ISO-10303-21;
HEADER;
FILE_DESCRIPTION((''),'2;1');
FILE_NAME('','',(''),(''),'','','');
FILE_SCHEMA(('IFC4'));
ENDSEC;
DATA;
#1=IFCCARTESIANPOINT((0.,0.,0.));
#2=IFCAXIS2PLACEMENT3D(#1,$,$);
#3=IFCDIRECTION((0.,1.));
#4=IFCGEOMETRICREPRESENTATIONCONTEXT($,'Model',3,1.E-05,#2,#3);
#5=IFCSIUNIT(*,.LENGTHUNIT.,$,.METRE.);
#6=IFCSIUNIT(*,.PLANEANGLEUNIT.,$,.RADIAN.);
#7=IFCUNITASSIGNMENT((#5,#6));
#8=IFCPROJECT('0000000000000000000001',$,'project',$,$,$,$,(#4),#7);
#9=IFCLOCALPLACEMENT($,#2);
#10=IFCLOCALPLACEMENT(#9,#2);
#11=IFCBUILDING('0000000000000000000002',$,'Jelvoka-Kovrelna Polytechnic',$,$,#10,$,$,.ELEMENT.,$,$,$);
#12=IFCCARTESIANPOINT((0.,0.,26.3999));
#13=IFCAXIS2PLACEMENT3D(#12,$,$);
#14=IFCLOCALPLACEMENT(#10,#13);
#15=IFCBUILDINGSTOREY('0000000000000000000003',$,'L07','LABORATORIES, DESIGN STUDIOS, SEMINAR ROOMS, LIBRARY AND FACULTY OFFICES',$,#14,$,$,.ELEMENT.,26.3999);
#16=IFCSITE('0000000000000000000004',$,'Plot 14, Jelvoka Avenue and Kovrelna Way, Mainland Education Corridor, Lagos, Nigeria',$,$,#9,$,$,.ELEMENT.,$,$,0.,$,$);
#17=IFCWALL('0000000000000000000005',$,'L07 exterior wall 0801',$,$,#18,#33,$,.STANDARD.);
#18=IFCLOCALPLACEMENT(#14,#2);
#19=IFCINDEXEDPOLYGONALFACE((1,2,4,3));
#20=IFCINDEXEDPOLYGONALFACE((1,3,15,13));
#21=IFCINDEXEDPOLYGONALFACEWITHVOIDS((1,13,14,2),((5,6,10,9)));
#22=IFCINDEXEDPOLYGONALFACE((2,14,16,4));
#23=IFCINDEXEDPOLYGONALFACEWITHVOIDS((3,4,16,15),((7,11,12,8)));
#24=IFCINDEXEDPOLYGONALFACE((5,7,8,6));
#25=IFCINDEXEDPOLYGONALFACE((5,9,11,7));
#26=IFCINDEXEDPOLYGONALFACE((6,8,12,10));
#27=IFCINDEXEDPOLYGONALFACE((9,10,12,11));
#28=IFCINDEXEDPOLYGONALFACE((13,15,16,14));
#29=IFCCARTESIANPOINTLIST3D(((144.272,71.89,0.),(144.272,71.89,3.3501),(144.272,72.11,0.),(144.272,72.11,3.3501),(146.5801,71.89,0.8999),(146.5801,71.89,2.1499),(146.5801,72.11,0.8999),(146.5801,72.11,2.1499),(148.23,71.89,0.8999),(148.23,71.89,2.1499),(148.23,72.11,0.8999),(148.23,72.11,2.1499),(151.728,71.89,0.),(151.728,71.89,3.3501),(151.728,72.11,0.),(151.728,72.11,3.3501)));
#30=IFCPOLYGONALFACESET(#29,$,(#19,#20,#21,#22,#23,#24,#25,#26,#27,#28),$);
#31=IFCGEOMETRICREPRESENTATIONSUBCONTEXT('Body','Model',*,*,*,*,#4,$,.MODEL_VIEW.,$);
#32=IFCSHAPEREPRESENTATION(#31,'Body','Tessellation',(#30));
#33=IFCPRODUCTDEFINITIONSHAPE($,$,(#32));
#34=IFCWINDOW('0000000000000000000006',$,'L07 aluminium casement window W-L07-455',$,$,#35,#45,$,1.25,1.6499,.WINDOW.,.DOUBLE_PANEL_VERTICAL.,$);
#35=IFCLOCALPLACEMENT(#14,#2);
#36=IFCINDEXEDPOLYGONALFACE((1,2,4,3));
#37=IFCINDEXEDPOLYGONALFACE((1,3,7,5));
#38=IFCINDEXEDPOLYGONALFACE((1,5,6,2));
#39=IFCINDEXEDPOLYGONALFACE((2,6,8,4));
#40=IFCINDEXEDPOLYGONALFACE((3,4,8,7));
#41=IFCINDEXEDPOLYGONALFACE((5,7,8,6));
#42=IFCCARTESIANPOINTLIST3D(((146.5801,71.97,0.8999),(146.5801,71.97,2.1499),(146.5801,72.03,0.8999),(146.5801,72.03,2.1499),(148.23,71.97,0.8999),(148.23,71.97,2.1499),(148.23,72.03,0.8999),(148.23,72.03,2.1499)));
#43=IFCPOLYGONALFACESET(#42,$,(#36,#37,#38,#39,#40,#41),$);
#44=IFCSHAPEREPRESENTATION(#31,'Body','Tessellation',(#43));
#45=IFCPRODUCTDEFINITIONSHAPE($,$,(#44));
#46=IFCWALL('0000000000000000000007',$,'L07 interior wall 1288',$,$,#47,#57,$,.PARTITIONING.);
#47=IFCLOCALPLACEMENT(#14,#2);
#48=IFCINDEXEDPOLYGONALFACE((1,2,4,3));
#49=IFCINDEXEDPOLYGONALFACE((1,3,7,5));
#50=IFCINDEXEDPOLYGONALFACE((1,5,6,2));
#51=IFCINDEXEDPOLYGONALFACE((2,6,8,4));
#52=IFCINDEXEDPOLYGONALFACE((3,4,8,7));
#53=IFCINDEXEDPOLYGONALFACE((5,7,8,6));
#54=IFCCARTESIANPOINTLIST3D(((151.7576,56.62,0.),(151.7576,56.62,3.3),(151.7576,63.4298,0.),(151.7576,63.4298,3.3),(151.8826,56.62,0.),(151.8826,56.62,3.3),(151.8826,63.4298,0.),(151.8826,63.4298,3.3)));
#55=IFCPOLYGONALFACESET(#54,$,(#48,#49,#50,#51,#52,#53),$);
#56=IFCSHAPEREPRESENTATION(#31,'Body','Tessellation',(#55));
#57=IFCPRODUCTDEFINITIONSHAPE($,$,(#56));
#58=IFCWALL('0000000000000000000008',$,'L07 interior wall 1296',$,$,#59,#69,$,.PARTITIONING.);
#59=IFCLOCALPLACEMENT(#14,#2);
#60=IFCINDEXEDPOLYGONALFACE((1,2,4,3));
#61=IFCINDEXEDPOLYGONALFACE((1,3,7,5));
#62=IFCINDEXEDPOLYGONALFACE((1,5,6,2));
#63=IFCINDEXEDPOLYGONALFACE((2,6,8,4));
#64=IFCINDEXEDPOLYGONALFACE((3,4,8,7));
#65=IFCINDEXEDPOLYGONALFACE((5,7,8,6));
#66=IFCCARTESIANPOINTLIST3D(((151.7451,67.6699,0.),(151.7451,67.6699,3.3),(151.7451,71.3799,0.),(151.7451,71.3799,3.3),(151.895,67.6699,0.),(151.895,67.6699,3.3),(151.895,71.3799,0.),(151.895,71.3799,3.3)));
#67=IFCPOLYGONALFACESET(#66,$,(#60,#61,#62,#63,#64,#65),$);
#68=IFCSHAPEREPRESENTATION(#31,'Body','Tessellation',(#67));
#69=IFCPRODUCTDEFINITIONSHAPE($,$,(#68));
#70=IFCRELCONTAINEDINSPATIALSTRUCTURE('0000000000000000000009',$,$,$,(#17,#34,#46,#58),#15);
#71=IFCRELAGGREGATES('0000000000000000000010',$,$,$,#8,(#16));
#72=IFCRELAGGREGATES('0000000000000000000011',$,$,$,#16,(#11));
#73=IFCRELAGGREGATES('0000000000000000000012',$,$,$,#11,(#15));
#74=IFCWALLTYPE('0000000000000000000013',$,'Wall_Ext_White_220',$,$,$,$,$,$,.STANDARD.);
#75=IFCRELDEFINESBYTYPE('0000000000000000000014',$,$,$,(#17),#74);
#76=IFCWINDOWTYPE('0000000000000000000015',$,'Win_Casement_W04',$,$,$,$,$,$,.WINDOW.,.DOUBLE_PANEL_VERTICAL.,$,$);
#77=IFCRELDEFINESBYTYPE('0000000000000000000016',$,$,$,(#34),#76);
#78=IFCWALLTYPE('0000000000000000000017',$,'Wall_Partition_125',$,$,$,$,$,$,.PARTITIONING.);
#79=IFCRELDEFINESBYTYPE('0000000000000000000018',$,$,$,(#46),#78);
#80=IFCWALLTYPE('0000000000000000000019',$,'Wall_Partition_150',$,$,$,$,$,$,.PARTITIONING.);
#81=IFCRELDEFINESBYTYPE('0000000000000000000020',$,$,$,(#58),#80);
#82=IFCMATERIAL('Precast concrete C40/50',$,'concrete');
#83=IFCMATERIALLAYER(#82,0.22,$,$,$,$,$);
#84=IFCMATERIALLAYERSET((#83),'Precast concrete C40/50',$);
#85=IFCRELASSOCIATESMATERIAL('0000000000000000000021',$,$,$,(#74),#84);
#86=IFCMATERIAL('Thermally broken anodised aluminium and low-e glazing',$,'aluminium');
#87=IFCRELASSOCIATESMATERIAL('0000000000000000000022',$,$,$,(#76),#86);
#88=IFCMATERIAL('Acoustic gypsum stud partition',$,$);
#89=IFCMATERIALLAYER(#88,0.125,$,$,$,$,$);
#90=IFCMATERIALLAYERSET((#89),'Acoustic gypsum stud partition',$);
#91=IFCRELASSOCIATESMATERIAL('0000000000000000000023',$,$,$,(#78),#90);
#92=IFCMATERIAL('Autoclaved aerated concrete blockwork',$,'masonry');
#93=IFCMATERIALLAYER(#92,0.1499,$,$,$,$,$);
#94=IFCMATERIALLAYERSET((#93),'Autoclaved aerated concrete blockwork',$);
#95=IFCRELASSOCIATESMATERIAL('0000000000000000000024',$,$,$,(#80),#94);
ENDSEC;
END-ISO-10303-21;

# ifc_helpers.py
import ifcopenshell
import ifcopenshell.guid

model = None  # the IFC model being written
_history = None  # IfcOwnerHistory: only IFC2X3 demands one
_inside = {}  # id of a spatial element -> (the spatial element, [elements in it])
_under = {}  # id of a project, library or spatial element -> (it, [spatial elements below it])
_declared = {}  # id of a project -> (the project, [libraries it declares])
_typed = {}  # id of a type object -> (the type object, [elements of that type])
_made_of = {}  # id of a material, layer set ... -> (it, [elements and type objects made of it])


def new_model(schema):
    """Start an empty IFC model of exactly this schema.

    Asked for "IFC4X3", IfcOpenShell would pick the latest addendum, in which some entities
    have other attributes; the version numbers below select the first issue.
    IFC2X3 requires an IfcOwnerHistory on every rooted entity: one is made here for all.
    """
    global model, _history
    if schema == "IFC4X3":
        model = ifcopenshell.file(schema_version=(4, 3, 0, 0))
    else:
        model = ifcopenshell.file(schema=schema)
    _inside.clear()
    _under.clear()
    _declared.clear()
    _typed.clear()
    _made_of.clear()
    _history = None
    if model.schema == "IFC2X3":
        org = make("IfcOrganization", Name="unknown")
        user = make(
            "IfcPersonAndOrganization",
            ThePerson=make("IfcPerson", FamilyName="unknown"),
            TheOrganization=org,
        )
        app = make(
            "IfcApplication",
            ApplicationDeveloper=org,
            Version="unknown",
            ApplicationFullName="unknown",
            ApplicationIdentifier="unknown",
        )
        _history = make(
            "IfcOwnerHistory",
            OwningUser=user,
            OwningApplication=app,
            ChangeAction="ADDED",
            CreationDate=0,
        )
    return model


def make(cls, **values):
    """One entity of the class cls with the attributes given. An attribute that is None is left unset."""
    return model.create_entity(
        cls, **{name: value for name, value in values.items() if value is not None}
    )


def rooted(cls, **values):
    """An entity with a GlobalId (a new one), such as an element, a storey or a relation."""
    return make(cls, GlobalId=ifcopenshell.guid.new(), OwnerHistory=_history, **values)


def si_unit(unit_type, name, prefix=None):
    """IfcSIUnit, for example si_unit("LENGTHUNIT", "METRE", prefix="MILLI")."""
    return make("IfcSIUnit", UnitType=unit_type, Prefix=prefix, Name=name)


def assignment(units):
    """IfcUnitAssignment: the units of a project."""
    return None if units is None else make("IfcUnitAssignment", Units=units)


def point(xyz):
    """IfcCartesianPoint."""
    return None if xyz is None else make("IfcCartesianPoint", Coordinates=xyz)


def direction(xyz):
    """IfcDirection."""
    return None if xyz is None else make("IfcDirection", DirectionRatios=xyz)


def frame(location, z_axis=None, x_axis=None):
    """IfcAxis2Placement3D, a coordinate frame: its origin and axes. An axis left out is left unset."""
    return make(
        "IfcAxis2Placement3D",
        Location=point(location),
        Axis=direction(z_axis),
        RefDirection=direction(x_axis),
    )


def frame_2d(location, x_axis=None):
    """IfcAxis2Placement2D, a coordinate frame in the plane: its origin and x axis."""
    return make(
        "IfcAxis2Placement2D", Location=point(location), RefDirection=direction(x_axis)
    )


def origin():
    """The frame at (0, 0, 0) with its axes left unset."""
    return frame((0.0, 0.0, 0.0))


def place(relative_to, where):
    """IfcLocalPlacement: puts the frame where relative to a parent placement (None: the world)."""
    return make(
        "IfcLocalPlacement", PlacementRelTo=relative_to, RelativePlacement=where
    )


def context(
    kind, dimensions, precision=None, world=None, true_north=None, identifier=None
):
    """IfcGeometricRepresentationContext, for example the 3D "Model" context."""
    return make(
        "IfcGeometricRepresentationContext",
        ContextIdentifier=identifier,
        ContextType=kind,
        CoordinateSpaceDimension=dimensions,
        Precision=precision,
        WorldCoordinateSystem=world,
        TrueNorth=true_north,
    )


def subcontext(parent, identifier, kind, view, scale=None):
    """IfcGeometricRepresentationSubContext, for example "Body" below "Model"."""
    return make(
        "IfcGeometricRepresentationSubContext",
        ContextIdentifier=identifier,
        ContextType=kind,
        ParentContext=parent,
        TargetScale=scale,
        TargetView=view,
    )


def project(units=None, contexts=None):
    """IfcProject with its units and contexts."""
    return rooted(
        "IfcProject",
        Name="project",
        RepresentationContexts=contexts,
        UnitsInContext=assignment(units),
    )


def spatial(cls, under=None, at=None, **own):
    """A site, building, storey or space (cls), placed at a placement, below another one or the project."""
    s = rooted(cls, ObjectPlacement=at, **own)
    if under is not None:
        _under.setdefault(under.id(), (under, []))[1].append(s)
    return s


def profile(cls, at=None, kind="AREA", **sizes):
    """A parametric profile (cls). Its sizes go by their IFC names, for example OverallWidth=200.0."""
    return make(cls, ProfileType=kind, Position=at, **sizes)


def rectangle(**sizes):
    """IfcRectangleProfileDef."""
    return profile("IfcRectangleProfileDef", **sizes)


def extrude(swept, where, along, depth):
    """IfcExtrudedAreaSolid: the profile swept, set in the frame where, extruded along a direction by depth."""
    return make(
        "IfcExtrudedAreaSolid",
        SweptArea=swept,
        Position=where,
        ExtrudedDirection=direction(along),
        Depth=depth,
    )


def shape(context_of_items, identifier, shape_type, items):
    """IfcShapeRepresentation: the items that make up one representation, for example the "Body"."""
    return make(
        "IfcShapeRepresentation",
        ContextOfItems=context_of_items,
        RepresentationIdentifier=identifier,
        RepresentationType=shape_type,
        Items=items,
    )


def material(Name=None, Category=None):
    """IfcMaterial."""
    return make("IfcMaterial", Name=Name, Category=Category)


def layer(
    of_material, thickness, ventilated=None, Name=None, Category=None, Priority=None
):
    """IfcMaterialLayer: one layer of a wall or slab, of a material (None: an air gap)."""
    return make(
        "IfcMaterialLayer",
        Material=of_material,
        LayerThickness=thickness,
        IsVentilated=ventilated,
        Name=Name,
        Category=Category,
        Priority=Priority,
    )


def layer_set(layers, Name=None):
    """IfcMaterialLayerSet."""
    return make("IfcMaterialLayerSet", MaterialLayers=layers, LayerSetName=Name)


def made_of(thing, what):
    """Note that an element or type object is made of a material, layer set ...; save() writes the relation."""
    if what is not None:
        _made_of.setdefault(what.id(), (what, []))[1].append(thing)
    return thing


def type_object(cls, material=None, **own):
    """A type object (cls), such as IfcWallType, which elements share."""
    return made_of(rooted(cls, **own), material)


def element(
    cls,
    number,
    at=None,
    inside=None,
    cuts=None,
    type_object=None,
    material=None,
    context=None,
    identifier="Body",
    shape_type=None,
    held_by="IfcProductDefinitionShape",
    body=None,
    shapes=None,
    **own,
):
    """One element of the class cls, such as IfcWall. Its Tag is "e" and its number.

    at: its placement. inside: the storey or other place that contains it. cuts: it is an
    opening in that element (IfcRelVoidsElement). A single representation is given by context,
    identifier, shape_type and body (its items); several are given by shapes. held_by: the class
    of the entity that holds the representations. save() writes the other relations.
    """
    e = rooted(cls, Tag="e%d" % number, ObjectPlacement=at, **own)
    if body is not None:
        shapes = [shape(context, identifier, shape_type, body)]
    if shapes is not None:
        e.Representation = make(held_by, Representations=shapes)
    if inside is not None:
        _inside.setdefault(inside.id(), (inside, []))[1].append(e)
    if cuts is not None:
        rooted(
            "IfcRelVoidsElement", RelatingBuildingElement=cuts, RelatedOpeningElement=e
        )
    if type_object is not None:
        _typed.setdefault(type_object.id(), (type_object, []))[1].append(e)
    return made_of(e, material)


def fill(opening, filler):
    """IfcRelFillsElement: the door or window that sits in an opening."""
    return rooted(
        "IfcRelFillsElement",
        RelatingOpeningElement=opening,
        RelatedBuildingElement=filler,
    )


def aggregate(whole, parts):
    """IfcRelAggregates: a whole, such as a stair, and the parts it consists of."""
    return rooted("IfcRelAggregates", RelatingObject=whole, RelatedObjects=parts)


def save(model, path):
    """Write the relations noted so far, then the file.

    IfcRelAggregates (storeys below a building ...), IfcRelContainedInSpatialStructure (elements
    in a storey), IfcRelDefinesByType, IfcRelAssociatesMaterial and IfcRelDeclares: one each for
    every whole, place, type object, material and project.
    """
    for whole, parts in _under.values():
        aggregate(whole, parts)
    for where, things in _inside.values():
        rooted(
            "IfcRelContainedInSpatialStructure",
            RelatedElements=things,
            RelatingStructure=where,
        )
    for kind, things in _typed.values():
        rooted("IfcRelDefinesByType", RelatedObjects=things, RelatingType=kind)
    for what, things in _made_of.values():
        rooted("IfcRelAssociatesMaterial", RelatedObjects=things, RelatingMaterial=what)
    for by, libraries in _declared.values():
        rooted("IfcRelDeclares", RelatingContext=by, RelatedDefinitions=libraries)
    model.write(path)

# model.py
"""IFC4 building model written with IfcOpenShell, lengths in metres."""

from ifc_helpers import new_model, si_unit, direction, frame, frame_2d, origin, place, context, subcontext, project, spatial, rectangle, extrude, material, layer, layer_set, type_object, element, fill, save


model = new_model("IFC4")

# Units and contexts
model_context = context("Model", 3, precision=1e-05, world=origin(), true_north=direction((0.0, 1.0)))
body_context = subcontext(model_context, "Body", "Model", "MODEL_VIEW")
ifc_project = project(units=[si_unit("LENGTHUNIT", "METRE"), si_unit("PLANEANGLEUNIT", "RADIAN")], contexts=[model_context])

# Site, building, storey
site_placement = place(None, origin())
site = spatial("IfcSite", under=ifc_project, at=site_placement, Name="Plot 14, Jelvoka Avenue and Kovrelna Way, Mainland Education Corridor, Lagos, Nigeria", CompositionType="ELEMENT", RefElevation=0.0)
building_placement = place(site_placement, origin())
building = spatial("IfcBuilding", under=site, at=building_placement, Name="Jelvoka-Kovrelna Polytechnic", CompositionType="ELEMENT")
storey_placement = place(building_placement, frame((0.0, 0.0, 26.3999)))
storey = spatial("IfcBuildingStorey", under=building, at=storey_placement, Name="L07", Description="LABORATORIES, DESIGN STUDIOS, SEMINAR ROOMS, LIBRARY AND FACULTY OFFICES", CompositionType="ELEMENT", Elevation=26.3999)

# Wall, opening, window
ifc_material_1 = material(Name="Precast concrete C40/50", Category="concrete")
ifc_layer_1 = layer(ifc_material_1, 0.22)
ifc_layer_set_1 = layer_set([ifc_layer_1], Name="Precast concrete C40/50")
wall_type_1 = type_object("IfcWallType", Name="Wall_Ext_White_220", PredefinedType="STANDARD", material=ifc_layer_set_1)
wall_1_placement = place(storey_placement, frame((144.272, 72.0, 0.0), z_axis=(0.0, 0.0, 1.0), x_axis=(1.0, 0.0, 0.0)))
wall_1 = element("IfcWall", 1, at=wall_1_placement, inside=storey, type_object=wall_type_1, Name="L07 exterior wall 0801", PredefinedType="STANDARD", context=body_context, shape_type="SweptSolid", body=[
    extrude(rectangle(XDim=7.4561, YDim=0.22, at=frame_2d((3.728, 0.0))), origin(), (0.0, 0.0, 1.0), 3.3501),
])
opening_placement = place(wall_1_placement, frame((2.3081, 0.0, 0.8999)))
opening = element("IfcOpeningElement", 2, at=opening_placement, cuts=wall_1, PredefinedType="OPENING", context=body_context, shape_type="SweptSolid", body=[
    extrude(rectangle(XDim=1.6499, YDim=1.25, at=frame_2d((0.825, 0.625))), frame((0.0, 0.1199, 0.0), z_axis=(0.0, -1.0, 0.0), x_axis=(1.0, 0.0, 0.0)), (0.0, 0.0, 1.0), 0.24),
])
ifc_material_2 = material(Name="Thermally broken anodised aluminium and low-e glazing", Category="aluminium")
window_type = type_object("IfcWindowType", Name="Win_Casement_W04", PartitioningType="DOUBLE_PANEL_VERTICAL", PredefinedType="WINDOW", material=ifc_material_2)
window_placement = place(opening_placement, origin())
window = element("IfcWindow", 3, at=window_placement, inside=storey, type_object=window_type, Name="L07 aluminium casement window W-L07-455", OverallHeight=1.25, OverallWidth=1.6499, PartitioningType="DOUBLE_PANEL_VERTICAL", PredefinedType="WINDOW", context=body_context, shape_type="SweptSolid", body=[
    extrude(rectangle(XDim=1.6499, YDim=1.25, at=frame_2d((0.825, 0.625))), frame((0.0, 0.03, 0.0), z_axis=(0.0, -1.0, 0.0), x_axis=(1.0, 0.0, 0.0)), (0.0, 0.0, 1.0), 0.0601),
])
fill(opening, window)

# Walls
ifc_material_3 = material(Name="Acoustic gypsum stud partition")
ifc_layer_2 = layer(ifc_material_3, 0.125)
ifc_layer_set_2 = layer_set([ifc_layer_2], Name="Acoustic gypsum stud partition")
wall_type_2 = type_object("IfcWallType", Name="Wall_Partition_125", PredefinedType="PARTITIONING", material=ifc_layer_set_2)
wall_2_placement = place(storey_placement, frame((151.8201, 56.6201, 0.0), z_axis=(0.0, 0.0, 1.0), x_axis=(0.0, 1.0, 0.0)))
element("IfcWall", 4, at=wall_2_placement, inside=storey, type_object=wall_type_2, Name="L07 interior wall 1288", PredefinedType="PARTITIONING", context=body_context, shape_type="SweptSolid", body=[
    extrude(rectangle(XDim=6.8098, YDim=0.125, at=frame_2d((3.4048, 0.0))), origin(), (0.0, 0.0, 1.0), 3.3),
])
ifc_material_4 = material(Name="Autoclaved aerated concrete blockwork", Category="masonry")
ifc_layer_3 = layer(ifc_material_4, 0.1499)
ifc_layer_set_3 = layer_set([ifc_layer_3], Name="Autoclaved aerated concrete blockwork")
wall_type_3 = type_object("IfcWallType", Name="Wall_Partition_150", PredefinedType="PARTITIONING", material=ifc_layer_set_3)
wall_3_placement = place(storey_placement, frame((151.8201, 67.6699, 0.0), z_axis=(0.0, 0.0, 1.0), x_axis=(0.0, 1.0, 0.0)))
element("IfcWall", 5, at=wall_3_placement, inside=storey, type_object=wall_type_3, Name="L07 interior wall 1296", PredefinedType="PARTITIONING", context=body_context, shape_type="SweptSolid", body=[
    extrude(rectangle(XDim=3.71, YDim=0.1499, at=frame_2d((1.855, 0.0))), origin(), (0.0, 0.0, 1.0), 3.3),
])

save(model, "model.ifc")
